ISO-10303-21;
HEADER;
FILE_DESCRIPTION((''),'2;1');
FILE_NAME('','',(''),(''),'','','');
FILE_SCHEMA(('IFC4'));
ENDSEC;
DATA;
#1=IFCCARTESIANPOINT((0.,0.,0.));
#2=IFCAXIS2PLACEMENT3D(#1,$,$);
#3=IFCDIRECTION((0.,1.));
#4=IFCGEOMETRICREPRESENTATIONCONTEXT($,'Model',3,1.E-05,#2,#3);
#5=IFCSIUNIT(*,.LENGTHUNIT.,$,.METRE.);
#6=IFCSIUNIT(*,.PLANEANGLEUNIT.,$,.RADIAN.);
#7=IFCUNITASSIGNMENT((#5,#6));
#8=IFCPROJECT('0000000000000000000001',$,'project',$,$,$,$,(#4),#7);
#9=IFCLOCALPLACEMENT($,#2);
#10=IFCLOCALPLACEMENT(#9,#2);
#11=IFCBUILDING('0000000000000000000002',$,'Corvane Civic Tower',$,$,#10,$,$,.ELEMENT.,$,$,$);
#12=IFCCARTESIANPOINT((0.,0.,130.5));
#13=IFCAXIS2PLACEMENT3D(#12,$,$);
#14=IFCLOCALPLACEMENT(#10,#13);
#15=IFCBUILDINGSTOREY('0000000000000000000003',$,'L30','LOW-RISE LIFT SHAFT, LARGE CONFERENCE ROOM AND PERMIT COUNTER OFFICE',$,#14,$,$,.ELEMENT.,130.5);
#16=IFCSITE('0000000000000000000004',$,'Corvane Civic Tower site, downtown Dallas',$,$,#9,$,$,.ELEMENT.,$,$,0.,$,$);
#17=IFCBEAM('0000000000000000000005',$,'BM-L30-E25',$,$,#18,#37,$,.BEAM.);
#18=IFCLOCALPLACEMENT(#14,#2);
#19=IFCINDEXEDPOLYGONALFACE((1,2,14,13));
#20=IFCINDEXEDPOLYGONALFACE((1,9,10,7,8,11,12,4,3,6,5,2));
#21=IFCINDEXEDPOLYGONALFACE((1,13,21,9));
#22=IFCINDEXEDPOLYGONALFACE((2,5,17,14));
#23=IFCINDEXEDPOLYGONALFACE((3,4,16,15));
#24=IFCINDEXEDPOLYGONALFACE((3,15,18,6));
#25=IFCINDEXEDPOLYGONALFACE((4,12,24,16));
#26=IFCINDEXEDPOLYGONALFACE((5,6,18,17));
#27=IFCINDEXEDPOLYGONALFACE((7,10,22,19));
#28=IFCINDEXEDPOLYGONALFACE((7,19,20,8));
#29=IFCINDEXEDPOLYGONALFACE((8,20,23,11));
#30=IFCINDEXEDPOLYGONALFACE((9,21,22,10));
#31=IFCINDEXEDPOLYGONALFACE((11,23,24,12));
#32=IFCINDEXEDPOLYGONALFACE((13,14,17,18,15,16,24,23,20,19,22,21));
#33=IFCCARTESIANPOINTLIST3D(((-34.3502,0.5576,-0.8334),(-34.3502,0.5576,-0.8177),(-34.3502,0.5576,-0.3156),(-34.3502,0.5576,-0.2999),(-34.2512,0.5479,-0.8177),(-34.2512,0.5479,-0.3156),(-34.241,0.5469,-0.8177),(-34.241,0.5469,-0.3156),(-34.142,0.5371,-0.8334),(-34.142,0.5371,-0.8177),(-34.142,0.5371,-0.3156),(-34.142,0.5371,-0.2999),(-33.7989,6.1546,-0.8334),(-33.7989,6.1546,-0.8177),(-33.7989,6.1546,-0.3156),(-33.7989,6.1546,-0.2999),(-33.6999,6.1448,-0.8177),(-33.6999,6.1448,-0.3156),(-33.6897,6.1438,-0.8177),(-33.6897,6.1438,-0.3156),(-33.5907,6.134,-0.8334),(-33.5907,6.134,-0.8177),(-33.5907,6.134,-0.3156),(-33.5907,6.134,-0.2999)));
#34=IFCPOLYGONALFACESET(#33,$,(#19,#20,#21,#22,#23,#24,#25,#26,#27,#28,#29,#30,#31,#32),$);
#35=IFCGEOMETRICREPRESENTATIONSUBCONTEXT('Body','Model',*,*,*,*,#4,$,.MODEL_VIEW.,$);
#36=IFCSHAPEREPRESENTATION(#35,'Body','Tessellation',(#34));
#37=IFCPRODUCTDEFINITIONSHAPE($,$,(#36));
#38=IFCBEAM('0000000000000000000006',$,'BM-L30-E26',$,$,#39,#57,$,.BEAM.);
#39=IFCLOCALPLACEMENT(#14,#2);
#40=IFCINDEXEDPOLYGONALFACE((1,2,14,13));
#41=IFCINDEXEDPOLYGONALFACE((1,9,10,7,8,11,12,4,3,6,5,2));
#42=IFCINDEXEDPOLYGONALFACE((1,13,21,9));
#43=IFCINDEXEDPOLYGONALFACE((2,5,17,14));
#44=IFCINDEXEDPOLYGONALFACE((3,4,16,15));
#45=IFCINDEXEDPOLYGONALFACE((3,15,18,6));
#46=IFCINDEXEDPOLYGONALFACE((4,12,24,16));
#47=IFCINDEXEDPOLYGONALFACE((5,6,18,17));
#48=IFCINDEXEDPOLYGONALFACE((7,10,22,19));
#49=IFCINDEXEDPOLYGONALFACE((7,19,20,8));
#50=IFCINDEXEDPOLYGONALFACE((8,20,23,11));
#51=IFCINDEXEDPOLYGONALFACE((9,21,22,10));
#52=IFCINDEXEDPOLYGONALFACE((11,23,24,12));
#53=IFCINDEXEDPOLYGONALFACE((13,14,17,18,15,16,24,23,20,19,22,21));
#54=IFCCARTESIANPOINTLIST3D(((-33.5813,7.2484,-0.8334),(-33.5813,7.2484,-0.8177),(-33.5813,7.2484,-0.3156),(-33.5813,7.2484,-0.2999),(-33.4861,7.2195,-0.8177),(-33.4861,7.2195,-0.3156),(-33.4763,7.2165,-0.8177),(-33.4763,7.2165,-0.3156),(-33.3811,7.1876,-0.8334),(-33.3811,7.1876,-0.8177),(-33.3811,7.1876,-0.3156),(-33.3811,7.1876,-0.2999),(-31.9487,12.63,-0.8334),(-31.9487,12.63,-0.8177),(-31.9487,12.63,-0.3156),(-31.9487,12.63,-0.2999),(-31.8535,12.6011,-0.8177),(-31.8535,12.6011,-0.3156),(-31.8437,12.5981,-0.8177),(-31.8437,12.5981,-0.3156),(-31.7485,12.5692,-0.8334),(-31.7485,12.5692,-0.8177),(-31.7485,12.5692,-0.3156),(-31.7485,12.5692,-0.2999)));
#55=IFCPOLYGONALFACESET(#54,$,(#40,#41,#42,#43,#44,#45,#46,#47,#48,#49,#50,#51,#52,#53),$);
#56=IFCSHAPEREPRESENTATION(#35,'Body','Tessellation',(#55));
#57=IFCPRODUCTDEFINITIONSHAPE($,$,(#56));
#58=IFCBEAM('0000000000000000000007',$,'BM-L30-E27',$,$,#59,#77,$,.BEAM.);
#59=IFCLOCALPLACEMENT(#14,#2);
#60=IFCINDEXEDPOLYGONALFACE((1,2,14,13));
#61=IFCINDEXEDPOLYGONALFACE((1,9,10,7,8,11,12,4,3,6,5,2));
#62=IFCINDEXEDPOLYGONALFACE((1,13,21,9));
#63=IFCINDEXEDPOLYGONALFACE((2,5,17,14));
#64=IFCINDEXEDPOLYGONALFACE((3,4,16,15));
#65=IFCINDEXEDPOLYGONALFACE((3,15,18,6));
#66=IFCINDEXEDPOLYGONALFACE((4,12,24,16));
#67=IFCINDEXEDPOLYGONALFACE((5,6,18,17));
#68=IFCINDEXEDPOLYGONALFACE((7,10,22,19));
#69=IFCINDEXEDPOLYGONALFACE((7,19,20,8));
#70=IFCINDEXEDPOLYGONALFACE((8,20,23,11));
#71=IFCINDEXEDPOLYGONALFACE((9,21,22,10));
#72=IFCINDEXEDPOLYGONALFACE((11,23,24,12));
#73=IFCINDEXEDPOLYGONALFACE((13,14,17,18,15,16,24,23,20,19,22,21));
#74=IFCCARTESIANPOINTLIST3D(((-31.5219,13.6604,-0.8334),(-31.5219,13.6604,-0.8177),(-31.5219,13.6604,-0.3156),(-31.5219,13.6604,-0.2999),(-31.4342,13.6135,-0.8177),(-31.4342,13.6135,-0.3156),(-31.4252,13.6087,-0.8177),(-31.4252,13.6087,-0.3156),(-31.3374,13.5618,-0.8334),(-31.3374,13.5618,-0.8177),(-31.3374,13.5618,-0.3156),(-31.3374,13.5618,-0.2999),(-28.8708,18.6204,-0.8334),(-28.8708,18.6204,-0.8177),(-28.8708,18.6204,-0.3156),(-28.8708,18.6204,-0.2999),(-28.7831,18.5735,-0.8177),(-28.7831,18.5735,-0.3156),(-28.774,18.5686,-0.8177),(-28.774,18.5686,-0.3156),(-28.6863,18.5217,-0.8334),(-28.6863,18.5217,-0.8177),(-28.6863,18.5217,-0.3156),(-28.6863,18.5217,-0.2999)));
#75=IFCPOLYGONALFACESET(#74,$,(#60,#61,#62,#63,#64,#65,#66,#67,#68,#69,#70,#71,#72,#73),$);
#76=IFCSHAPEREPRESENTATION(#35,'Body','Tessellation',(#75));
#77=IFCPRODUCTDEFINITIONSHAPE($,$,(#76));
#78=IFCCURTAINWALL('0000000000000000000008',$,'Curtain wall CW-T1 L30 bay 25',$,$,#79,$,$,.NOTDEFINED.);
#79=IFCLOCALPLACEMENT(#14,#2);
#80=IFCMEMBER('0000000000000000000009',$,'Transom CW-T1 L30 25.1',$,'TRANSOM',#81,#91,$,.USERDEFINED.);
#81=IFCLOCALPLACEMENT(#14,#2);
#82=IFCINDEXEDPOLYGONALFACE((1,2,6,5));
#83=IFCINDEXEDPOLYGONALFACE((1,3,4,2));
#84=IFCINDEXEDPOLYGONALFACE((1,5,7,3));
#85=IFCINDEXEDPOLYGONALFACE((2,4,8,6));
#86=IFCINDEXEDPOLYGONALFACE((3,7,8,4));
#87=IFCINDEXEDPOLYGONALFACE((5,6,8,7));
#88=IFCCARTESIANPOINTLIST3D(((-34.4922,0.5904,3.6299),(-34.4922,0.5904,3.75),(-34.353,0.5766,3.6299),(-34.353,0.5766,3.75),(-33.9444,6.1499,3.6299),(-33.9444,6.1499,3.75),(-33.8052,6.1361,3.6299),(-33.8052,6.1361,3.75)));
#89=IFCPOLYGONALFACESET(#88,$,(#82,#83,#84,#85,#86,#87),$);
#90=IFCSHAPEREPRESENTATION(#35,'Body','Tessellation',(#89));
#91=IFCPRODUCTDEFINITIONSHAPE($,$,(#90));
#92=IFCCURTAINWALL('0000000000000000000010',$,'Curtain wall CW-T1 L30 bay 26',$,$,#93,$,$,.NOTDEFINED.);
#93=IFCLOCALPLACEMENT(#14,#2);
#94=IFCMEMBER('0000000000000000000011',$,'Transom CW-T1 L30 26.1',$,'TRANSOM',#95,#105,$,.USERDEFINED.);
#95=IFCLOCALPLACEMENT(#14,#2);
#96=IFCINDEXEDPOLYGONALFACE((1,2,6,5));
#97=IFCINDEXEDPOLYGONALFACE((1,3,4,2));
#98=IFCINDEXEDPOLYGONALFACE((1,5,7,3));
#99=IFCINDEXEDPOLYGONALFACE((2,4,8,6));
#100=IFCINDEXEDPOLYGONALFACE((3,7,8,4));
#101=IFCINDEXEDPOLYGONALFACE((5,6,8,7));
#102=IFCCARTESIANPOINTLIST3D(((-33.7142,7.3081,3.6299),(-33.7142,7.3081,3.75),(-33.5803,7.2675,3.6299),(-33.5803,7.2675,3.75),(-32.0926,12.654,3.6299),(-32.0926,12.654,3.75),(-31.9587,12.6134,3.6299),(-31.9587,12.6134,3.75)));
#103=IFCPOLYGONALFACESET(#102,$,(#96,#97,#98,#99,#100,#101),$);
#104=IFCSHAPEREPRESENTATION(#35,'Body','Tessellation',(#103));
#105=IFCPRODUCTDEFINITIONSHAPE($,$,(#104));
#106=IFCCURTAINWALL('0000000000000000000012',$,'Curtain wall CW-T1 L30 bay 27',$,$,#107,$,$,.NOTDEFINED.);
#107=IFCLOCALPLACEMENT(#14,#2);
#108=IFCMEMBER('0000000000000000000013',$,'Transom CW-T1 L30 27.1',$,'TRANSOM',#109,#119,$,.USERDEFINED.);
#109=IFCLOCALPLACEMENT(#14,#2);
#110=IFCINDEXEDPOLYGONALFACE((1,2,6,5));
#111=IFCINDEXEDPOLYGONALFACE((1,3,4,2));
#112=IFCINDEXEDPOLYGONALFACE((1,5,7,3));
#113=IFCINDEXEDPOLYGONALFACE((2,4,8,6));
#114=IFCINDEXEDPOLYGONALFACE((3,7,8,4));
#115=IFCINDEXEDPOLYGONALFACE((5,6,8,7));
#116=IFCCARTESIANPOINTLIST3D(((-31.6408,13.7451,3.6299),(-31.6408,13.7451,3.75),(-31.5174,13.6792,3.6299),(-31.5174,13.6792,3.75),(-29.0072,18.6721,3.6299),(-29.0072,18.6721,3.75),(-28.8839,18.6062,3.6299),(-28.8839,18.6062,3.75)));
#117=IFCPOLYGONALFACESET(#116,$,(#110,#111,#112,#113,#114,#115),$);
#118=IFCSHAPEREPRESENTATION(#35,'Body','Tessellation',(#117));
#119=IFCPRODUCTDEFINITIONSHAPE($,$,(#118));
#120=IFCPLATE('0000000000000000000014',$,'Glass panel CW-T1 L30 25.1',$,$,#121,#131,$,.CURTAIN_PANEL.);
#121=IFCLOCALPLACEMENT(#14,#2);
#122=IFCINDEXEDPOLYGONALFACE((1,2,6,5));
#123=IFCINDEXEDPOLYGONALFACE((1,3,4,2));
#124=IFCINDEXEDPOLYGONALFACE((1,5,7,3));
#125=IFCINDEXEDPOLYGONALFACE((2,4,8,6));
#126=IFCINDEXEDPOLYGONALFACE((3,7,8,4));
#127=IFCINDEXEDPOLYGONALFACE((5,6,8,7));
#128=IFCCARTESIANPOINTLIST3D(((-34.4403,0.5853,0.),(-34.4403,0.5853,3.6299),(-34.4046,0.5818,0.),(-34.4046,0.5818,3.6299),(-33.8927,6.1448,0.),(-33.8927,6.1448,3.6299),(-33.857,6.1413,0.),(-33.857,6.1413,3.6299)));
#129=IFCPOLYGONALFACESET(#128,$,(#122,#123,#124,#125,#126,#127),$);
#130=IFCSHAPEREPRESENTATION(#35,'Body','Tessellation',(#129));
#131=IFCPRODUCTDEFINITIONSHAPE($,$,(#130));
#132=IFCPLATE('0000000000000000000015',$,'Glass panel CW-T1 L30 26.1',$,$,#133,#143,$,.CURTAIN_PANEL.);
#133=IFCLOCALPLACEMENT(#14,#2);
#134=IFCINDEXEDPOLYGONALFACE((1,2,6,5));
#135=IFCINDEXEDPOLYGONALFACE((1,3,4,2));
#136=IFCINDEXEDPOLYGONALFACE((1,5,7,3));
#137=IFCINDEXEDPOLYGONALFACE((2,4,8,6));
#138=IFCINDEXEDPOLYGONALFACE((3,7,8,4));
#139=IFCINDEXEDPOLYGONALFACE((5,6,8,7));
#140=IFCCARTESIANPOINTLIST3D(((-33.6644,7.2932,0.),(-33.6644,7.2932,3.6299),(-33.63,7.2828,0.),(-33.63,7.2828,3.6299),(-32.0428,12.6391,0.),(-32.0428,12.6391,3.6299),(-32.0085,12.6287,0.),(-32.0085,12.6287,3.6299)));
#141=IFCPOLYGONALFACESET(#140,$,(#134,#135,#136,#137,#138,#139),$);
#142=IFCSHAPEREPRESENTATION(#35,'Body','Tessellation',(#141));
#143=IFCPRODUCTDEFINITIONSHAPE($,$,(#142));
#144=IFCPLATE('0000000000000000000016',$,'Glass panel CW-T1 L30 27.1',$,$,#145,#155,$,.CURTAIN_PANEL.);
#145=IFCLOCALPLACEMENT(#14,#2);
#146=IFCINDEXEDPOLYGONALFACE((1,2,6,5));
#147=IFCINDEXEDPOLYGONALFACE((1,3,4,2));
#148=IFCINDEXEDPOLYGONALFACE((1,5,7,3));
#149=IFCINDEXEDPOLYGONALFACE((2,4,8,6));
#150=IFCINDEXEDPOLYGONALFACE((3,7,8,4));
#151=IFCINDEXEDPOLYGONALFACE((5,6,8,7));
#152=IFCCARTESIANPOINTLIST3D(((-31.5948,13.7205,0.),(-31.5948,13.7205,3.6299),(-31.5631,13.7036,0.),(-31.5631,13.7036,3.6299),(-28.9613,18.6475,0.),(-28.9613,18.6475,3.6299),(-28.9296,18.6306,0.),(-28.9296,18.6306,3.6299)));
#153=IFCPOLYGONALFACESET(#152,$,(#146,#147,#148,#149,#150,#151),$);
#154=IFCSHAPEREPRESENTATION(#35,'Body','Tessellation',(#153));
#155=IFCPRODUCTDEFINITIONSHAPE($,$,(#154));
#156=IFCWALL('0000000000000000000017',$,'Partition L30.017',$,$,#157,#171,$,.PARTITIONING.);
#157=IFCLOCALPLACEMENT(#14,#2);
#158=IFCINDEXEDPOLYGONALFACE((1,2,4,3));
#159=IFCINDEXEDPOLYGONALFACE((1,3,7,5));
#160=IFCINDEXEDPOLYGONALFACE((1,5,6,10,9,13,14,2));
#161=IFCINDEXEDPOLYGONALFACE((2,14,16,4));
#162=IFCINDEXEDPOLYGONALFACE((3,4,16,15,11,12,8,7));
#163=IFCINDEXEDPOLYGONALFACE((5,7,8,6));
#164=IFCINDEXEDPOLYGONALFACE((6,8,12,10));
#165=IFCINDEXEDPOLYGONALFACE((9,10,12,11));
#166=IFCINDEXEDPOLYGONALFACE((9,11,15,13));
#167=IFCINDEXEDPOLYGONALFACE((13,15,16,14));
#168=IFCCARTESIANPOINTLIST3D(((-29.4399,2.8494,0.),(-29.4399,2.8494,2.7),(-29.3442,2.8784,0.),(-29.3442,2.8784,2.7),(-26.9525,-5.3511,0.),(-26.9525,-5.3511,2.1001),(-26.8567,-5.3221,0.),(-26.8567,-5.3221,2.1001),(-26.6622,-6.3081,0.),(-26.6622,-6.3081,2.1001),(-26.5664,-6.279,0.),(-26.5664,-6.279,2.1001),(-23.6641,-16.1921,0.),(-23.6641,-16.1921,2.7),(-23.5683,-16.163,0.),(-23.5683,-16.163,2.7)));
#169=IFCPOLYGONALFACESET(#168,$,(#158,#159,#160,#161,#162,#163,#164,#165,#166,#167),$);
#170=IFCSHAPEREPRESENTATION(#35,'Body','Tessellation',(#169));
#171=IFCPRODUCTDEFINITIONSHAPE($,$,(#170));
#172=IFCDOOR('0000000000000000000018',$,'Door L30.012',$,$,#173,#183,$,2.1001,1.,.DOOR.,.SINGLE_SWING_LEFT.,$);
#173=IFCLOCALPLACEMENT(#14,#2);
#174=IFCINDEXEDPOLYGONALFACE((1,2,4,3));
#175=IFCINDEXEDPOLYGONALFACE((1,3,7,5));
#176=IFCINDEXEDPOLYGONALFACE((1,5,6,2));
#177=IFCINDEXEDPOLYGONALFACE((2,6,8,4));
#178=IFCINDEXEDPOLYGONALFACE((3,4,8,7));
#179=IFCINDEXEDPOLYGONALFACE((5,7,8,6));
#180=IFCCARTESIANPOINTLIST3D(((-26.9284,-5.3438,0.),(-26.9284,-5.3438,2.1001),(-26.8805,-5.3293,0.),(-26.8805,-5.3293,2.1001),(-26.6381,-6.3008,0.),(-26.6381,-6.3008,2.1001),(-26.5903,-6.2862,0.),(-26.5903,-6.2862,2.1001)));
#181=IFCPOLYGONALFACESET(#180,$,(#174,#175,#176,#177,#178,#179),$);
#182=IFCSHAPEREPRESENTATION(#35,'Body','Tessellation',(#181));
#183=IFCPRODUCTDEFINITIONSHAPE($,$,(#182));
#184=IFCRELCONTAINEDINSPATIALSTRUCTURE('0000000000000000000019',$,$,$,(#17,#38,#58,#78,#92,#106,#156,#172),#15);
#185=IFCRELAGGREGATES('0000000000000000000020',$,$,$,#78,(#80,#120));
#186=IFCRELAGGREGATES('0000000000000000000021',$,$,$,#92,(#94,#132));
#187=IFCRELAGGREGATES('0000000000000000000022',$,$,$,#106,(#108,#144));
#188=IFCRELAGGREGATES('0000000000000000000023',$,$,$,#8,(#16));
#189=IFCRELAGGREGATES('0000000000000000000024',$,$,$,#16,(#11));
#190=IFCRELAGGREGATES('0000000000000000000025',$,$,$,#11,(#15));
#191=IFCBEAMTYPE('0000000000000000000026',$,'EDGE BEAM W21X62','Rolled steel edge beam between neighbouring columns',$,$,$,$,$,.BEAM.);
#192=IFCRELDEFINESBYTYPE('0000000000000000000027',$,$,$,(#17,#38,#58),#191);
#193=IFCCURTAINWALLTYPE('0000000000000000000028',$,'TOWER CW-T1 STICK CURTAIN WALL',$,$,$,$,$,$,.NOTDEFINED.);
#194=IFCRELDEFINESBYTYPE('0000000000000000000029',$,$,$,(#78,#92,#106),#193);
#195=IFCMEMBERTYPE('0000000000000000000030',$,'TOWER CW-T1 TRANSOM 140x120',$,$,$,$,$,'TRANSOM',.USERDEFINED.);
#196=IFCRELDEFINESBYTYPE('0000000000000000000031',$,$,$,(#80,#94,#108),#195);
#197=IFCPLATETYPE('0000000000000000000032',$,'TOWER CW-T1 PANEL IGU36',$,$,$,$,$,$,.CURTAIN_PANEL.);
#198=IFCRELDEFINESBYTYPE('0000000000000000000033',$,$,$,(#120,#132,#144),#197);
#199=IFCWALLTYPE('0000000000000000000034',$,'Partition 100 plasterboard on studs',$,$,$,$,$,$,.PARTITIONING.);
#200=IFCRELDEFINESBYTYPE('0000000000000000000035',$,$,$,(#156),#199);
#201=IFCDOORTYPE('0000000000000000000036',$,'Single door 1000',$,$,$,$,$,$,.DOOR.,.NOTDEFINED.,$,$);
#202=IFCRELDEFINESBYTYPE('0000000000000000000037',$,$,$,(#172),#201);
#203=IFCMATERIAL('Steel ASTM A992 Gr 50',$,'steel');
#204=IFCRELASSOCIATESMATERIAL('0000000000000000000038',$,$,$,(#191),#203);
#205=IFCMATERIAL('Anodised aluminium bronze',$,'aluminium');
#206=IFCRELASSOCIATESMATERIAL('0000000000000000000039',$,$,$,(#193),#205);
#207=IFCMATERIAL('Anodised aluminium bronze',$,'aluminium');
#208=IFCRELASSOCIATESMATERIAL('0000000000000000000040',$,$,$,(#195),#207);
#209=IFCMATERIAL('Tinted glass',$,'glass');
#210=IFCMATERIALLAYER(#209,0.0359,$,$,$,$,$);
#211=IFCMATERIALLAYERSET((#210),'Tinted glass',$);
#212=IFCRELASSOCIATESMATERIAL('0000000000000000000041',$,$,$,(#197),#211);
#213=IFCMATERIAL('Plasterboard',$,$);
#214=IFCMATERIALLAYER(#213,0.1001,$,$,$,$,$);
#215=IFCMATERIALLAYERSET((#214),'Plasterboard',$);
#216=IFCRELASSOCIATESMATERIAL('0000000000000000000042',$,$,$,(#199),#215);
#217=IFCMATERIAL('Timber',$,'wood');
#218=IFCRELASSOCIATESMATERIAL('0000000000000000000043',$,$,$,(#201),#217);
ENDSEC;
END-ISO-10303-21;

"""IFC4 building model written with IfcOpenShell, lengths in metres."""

from ifc_helpers import new_model, si_unit, direction, frame, frame_2d, origin, origin_2d, place, context, subcontext, project, spatial, rectangle, i_section, extrude, material, layer, layer_set, material_profile, profile_set, type_object, element, fill, aggregate, save


model = new_model("IFC4")

# Units and contexts
model_context = context("Model", 3, precision=1e-05, world=origin(), true_north=direction((0.0, 1.0)))
body_context = subcontext(model_context, "Body", "Model", "MODEL_VIEW")
ifc_project = project(units=[si_unit("LENGTHUNIT", "METRE"), si_unit("PLANEANGLEUNIT", "RADIAN")], contexts=[model_context])

# Site, building, storey
site_placement = place(None, origin())
site = spatial("IfcSite", under=ifc_project, at=site_placement, Name="Corvane Civic Tower site, downtown Dallas", CompositionType="ELEMENT", RefElevation=0.0)
building_placement = place(site_placement, origin())
building = spatial("IfcBuilding", under=site, at=building_placement, Name="Corvane Civic Tower", CompositionType="ELEMENT")
storey_placement = place(building_placement, frame((0.0, 0.0, 130.5)))
storey = spatial("IfcBuildingStorey", under=building, at=storey_placement, Name="L30", Description="LOW-RISE LIFT SHAFT, LARGE CONFERENCE ROOM AND PERMIT COUNTER OFFICE", CompositionType="ELEMENT", Elevation=130.5)

# Beams
ifc_material_1 = material(Name="Steel ASTM A992 Gr 50", Category="steel")
ifc_material_profile_1 = material_profile(ifc_material_1, i_section(OverallWidth=0.2092, OverallDepth=0.5334, WebThickness=0.0103, FlangeThickness=0.0156, at=origin_2d()), Name="W21X62")
ifc_profile_set_1 = profile_set([ifc_material_profile_1], Name="Steel ASTM A992 Gr 50")
beam_type = type_object("IfcBeamType", Name="EDGE BEAM W21X62", Description="Rolled steel edge beam between neighbouring columns", PredefinedType="BEAM", material=ifc_profile_set_1)
beam_1_placement = place(storey_placement, frame((-34.2461, 0.5474, -0.5667), z_axis=(0.098021, 0.995184, 0.0), x_axis=(-0.995184, 0.098021, 0.0)))
element("IfcBeam", 1, at=beam_1_placement, inside=storey, type_object=beam_type, Name="BM-L30-E25", PredefinedType="BEAM", context=body_context, shape_type="SweptSolid", body=[
    extrude(i_section(OverallWidth=0.2092, OverallDepth=0.5334, WebThickness=0.0103, FlangeThickness=0.0156, at=origin_2d()), origin(), (0.0, 0.0, 1.0), 5.624),
])
beam_2_placement = place(storey_placement, frame((-33.4812, 7.218, -0.5667), z_axis=(0.290298, 0.956936, 0.0), x_axis=(-0.956936, 0.290298, 0.0)))
element("IfcBeam", 2, at=beam_2_placement, inside=storey, type_object=beam_type, Name="BM-L30-E26", PredefinedType="BEAM", context=body_context, shape_type="SweptSolid", body=[
    extrude(i_section(OverallWidth=0.2092, OverallDepth=0.5334, WebThickness=0.0103, FlangeThickness=0.0156, at=origin_2d()), origin(), (0.0, 0.0, 1.0), 5.6238),
])
beam_3_placement = place(storey_placement, frame((-31.4297, 13.6111, -0.5667), z_axis=(0.471392, 0.881924, 0.0), x_axis=(-0.881924, 0.471392, 0.0)))
element("IfcBeam", 3, at=beam_3_placement, inside=storey, type_object=beam_type, Name="BM-L30-E27", PredefinedType="BEAM", context=body_context, shape_type="SweptSolid", body=[
    extrude(i_section(OverallWidth=0.2092, OverallDepth=0.5334, WebThickness=0.0103, FlangeThickness=0.0156, at=origin_2d()), origin(), (0.0, 0.0, 1.0), 5.624),
])

# Curtain walls, members
ifc_material_2 = material(Name="Anodised aluminium bronze", Category="aluminium")
curtain_wall_type = type_object("IfcCurtainWallType", Name="TOWER CW-T1 STICK CURTAIN WALL", PredefinedType="NOTDEFINED", material=ifc_material_2)
curtain_wall_1_placement = place(storey_placement, origin())
curtain_wall_1 = element("IfcCurtainWall", 4, at=curtain_wall_1_placement, inside=storey, type_object=curtain_wall_type, Name="Curtain wall CW-T1 L30 bay 25", PredefinedType="NOTDEFINED")
ifc_material_3 = material(Name="Anodised aluminium bronze", Category="aluminium")
ifc_material_profile_2 = material_profile(ifc_material_3, rectangle(XDim=0.1399, YDim=0.1201, at=origin_2d()), Name="TOWER CW-T1 TRANSOM 140x120")
ifc_profile_set_2 = profile_set([ifc_material_profile_2], Name="Anodised aluminium bronze")
member_type = type_object("IfcMemberType", Name="TOWER CW-T1 TRANSOM 140x120", ElementType="TRANSOM", PredefinedType="USERDEFINED", material=ifc_profile_set_2)
member_1_placement = place(storey_placement, frame((-34.4226, 0.5835, 3.6899), z_axis=(0.098067, 0.99518, 0.0), x_axis=(-0.99518, 0.098067, 0.0)))
member_1 = element("IfcMember", 5, at=member_1_placement, type_object=member_type, Name="Transom CW-T1 L30 25.1", ObjectType="TRANSOM", PredefinedType="USERDEFINED", context=body_context, shape_type="SweptSolid", body=[
    extrude(rectangle(XDim=0.1399, YDim=0.1201, at=origin_2d()), origin(), (0.0, 0.0, 1.0), 5.5864),
])
curtain_wall_2_placement = place(storey_placement, origin())
curtain_wall_2 = element("IfcCurtainWall", 6, at=curtain_wall_2_placement, inside=storey, type_object=curtain_wall_type, Name="Curtain wall CW-T1 L30 bay 26", PredefinedType="NOTDEFINED")
member_2_placement = place(storey_placement, frame((-33.6472, 7.2878, 3.6899), z_axis=(0.290269, 0.956945, 0.0), x_axis=(-0.956945, 0.290269, 0.0)))
member_2 = element("IfcMember", 7, at=member_2_placement, type_object=member_type, Name="Transom CW-T1 L30 26.1", ObjectType="TRANSOM", PredefinedType="USERDEFINED", context=body_context, shape_type="SweptSolid", body=[
    extrude(rectangle(XDim=0.1399, YDim=0.1201, at=origin_2d()), origin(), (0.0, 0.0, 1.0), 5.5864),
])
curtain_wall_3_placement = place(storey_placement, origin())
curtain_wall_3 = element("IfcCurtainWall", 8, at=curtain_wall_3_placement, inside=storey, type_object=curtain_wall_type, Name="Curtain wall CW-T1 L30 bay 27", PredefinedType="NOTDEFINED")
member_3_placement = place(storey_placement, frame((-31.5791, 13.7122, 3.6899), z_axis=(0.471398, 0.881921, 0.0), x_axis=(-0.881921, 0.471398, 0.0)))
member_3 = element("IfcMember", 9, at=member_3_placement, type_object=member_type, Name="Transom CW-T1 L30 27.1", ObjectType="TRANSOM", PredefinedType="USERDEFINED", context=body_context, shape_type="SweptSolid", body=[
    extrude(rectangle(XDim=0.1399, YDim=0.1201, at=origin_2d()), origin(), (0.0, 0.0, 1.0), 5.5867),
])

# Plates
ifc_material_4 = material(Name="Tinted glass", Category="glass")
ifc_layer_1 = layer(ifc_material_4, 0.0359)
ifc_layer_set_1 = layer_set([ifc_layer_1], Name="Tinted glass")
plate_type = type_object("IfcPlateType", Name="TOWER CW-T1 PANEL IGU36", PredefinedType="CURTAIN_PANEL", material=ifc_layer_set_1)
plate_1_placement = place(storey_placement, frame((-34.1487, 3.3633, 0.0), z_axis=(0.0, 0.0, 1.0), x_axis=(0.098027, 0.995184, 0.0)))
plate_1 = element("IfcPlate", 10, at=plate_1_placement, type_object=plate_type, Name="Glass panel CW-T1 L30 25.1", PredefinedType="CURTAIN_PANEL", context=body_context, shape_type="SweptSolid", body=[
    extrude(rectangle(XDim=5.5864, YDim=0.0359, at=origin_2d()), origin(), (0.0, 0.0, 1.0), 3.6299),
])
aggregate(curtain_wall_1, [member_1, plate_1])
plate_2_placement = place(storey_placement, frame((-32.8364, 9.9609, 0.0), z_axis=(0.0, 0.0, 1.0), x_axis=(0.290266, 0.956946, 0.0)))
plate_2 = element("IfcPlate", 11, at=plate_2_placement, type_object=plate_type, Name="Glass panel CW-T1 L30 26.1", PredefinedType="CURTAIN_PANEL", context=body_context, shape_type="SweptSolid", body=[
    extrude(rectangle(XDim=5.5864, YDim=0.0359, at=origin_2d()), origin(), (0.0, 0.0, 1.0), 3.6299),
])
aggregate(curtain_wall_2, [member_2, plate_2])
plate_3_placement = place(storey_placement, frame((-30.2622, 16.1755, 0.0), z_axis=(0.0, 0.0, 1.0), x_axis=(0.471392, 0.881924, 0.0)))
plate_3 = element("IfcPlate", 12, at=plate_3_placement, type_object=plate_type, Name="Glass panel CW-T1 L30 27.1", PredefinedType="CURTAIN_PANEL", context=body_context, shape_type="SweptSolid", body=[
    extrude(rectangle(XDim=5.5867, YDim=0.0359, at=origin_2d()), origin(), (0.0, 0.0, 1.0), 3.6299),
])
aggregate(curtain_wall_3, [member_3, plate_3])

# Wall, opening, door
ifc_material_5 = material(Name="Plasterboard")
ifc_layer_2 = layer(ifc_material_5, 0.1001)
ifc_layer_set_2 = layer_set([ifc_layer_2], Name="Plasterboard")
wall_type = type_object("IfcWallType", Name="Partition 100 plasterboard on studs", PredefinedType="PARTITIONING", material=ifc_layer_set_2)
wall_1_placement = place(storey_placement, frame((-29.3921, 2.864, 0.0), z_axis=(0.0, 0.0, 1.0), x_axis=(0.290271, -0.956944, 0.0)))
wall_1 = element("IfcWall", 13, at=wall_1_placement, inside=storey, type_object=wall_type, Name="Partition L30.017", PredefinedType="PARTITIONING", context=body_context, shape_type="SweptSolid", body=[
    extrude(rectangle(XDim=19.8982, YDim=0.1001, at=frame_2d((9.9492, 0.0))), origin(), (0.0, 0.0, 1.0), 2.7),
])
opening_1_placement = place(wall_1_placement, frame((8.5696, 0.0, 0.0)))
opening_1 = element("IfcOpeningElement", 14, at=opening_1_placement, cuts=wall_1, PredefinedType="OPENING", context=body_context, shape_type="SweptSolid", body=[
    extrude(rectangle(XDim=1.0, YDim=2.1001, at=frame_2d((0.5, 1.05))), frame((0.0, 0.0601, 0.0), z_axis=(0.0, -1.0, 0.0), x_axis=(1.0, 0.0, 0.0)), (0.0, 0.0, 1.0), 0.1201),
])
ifc_material_6 = material(Name="Timber", Category="wood")
door_type = type_object("IfcDoorType", Name="Single door 1000", OperationType="NOTDEFINED", PredefinedType="DOOR", material=ifc_material_6)
door_1_placement = place(opening_1_placement, frame((1.0, 0.0, 0.0), z_axis=(0.0, 0.0, 1.0), x_axis=(-1.0, 0.0, 0.0)))
door_1 = element("IfcDoor", 15, at=door_1_placement, inside=storey, type_object=door_type, Name="Door L30.012", OperationType="SINGLE_SWING_LEFT", OverallHeight=2.1001, OverallWidth=1.0, PredefinedType="DOOR", context=body_context, shape_type="SweptSolid", body=[
    extrude(rectangle(XDim=1.0, YDim=2.1001, at=frame_2d((0.5, 1.05))), frame((0.0, 0.0249, 0.0), z_axis=(0.0, -1.0, 0.0), x_axis=(1.0, 0.0, 0.0)), (0.0, 0.0, 1.0), 0.05),
])
fill(opening_1, door_1)

save(model, "model.ifc")
